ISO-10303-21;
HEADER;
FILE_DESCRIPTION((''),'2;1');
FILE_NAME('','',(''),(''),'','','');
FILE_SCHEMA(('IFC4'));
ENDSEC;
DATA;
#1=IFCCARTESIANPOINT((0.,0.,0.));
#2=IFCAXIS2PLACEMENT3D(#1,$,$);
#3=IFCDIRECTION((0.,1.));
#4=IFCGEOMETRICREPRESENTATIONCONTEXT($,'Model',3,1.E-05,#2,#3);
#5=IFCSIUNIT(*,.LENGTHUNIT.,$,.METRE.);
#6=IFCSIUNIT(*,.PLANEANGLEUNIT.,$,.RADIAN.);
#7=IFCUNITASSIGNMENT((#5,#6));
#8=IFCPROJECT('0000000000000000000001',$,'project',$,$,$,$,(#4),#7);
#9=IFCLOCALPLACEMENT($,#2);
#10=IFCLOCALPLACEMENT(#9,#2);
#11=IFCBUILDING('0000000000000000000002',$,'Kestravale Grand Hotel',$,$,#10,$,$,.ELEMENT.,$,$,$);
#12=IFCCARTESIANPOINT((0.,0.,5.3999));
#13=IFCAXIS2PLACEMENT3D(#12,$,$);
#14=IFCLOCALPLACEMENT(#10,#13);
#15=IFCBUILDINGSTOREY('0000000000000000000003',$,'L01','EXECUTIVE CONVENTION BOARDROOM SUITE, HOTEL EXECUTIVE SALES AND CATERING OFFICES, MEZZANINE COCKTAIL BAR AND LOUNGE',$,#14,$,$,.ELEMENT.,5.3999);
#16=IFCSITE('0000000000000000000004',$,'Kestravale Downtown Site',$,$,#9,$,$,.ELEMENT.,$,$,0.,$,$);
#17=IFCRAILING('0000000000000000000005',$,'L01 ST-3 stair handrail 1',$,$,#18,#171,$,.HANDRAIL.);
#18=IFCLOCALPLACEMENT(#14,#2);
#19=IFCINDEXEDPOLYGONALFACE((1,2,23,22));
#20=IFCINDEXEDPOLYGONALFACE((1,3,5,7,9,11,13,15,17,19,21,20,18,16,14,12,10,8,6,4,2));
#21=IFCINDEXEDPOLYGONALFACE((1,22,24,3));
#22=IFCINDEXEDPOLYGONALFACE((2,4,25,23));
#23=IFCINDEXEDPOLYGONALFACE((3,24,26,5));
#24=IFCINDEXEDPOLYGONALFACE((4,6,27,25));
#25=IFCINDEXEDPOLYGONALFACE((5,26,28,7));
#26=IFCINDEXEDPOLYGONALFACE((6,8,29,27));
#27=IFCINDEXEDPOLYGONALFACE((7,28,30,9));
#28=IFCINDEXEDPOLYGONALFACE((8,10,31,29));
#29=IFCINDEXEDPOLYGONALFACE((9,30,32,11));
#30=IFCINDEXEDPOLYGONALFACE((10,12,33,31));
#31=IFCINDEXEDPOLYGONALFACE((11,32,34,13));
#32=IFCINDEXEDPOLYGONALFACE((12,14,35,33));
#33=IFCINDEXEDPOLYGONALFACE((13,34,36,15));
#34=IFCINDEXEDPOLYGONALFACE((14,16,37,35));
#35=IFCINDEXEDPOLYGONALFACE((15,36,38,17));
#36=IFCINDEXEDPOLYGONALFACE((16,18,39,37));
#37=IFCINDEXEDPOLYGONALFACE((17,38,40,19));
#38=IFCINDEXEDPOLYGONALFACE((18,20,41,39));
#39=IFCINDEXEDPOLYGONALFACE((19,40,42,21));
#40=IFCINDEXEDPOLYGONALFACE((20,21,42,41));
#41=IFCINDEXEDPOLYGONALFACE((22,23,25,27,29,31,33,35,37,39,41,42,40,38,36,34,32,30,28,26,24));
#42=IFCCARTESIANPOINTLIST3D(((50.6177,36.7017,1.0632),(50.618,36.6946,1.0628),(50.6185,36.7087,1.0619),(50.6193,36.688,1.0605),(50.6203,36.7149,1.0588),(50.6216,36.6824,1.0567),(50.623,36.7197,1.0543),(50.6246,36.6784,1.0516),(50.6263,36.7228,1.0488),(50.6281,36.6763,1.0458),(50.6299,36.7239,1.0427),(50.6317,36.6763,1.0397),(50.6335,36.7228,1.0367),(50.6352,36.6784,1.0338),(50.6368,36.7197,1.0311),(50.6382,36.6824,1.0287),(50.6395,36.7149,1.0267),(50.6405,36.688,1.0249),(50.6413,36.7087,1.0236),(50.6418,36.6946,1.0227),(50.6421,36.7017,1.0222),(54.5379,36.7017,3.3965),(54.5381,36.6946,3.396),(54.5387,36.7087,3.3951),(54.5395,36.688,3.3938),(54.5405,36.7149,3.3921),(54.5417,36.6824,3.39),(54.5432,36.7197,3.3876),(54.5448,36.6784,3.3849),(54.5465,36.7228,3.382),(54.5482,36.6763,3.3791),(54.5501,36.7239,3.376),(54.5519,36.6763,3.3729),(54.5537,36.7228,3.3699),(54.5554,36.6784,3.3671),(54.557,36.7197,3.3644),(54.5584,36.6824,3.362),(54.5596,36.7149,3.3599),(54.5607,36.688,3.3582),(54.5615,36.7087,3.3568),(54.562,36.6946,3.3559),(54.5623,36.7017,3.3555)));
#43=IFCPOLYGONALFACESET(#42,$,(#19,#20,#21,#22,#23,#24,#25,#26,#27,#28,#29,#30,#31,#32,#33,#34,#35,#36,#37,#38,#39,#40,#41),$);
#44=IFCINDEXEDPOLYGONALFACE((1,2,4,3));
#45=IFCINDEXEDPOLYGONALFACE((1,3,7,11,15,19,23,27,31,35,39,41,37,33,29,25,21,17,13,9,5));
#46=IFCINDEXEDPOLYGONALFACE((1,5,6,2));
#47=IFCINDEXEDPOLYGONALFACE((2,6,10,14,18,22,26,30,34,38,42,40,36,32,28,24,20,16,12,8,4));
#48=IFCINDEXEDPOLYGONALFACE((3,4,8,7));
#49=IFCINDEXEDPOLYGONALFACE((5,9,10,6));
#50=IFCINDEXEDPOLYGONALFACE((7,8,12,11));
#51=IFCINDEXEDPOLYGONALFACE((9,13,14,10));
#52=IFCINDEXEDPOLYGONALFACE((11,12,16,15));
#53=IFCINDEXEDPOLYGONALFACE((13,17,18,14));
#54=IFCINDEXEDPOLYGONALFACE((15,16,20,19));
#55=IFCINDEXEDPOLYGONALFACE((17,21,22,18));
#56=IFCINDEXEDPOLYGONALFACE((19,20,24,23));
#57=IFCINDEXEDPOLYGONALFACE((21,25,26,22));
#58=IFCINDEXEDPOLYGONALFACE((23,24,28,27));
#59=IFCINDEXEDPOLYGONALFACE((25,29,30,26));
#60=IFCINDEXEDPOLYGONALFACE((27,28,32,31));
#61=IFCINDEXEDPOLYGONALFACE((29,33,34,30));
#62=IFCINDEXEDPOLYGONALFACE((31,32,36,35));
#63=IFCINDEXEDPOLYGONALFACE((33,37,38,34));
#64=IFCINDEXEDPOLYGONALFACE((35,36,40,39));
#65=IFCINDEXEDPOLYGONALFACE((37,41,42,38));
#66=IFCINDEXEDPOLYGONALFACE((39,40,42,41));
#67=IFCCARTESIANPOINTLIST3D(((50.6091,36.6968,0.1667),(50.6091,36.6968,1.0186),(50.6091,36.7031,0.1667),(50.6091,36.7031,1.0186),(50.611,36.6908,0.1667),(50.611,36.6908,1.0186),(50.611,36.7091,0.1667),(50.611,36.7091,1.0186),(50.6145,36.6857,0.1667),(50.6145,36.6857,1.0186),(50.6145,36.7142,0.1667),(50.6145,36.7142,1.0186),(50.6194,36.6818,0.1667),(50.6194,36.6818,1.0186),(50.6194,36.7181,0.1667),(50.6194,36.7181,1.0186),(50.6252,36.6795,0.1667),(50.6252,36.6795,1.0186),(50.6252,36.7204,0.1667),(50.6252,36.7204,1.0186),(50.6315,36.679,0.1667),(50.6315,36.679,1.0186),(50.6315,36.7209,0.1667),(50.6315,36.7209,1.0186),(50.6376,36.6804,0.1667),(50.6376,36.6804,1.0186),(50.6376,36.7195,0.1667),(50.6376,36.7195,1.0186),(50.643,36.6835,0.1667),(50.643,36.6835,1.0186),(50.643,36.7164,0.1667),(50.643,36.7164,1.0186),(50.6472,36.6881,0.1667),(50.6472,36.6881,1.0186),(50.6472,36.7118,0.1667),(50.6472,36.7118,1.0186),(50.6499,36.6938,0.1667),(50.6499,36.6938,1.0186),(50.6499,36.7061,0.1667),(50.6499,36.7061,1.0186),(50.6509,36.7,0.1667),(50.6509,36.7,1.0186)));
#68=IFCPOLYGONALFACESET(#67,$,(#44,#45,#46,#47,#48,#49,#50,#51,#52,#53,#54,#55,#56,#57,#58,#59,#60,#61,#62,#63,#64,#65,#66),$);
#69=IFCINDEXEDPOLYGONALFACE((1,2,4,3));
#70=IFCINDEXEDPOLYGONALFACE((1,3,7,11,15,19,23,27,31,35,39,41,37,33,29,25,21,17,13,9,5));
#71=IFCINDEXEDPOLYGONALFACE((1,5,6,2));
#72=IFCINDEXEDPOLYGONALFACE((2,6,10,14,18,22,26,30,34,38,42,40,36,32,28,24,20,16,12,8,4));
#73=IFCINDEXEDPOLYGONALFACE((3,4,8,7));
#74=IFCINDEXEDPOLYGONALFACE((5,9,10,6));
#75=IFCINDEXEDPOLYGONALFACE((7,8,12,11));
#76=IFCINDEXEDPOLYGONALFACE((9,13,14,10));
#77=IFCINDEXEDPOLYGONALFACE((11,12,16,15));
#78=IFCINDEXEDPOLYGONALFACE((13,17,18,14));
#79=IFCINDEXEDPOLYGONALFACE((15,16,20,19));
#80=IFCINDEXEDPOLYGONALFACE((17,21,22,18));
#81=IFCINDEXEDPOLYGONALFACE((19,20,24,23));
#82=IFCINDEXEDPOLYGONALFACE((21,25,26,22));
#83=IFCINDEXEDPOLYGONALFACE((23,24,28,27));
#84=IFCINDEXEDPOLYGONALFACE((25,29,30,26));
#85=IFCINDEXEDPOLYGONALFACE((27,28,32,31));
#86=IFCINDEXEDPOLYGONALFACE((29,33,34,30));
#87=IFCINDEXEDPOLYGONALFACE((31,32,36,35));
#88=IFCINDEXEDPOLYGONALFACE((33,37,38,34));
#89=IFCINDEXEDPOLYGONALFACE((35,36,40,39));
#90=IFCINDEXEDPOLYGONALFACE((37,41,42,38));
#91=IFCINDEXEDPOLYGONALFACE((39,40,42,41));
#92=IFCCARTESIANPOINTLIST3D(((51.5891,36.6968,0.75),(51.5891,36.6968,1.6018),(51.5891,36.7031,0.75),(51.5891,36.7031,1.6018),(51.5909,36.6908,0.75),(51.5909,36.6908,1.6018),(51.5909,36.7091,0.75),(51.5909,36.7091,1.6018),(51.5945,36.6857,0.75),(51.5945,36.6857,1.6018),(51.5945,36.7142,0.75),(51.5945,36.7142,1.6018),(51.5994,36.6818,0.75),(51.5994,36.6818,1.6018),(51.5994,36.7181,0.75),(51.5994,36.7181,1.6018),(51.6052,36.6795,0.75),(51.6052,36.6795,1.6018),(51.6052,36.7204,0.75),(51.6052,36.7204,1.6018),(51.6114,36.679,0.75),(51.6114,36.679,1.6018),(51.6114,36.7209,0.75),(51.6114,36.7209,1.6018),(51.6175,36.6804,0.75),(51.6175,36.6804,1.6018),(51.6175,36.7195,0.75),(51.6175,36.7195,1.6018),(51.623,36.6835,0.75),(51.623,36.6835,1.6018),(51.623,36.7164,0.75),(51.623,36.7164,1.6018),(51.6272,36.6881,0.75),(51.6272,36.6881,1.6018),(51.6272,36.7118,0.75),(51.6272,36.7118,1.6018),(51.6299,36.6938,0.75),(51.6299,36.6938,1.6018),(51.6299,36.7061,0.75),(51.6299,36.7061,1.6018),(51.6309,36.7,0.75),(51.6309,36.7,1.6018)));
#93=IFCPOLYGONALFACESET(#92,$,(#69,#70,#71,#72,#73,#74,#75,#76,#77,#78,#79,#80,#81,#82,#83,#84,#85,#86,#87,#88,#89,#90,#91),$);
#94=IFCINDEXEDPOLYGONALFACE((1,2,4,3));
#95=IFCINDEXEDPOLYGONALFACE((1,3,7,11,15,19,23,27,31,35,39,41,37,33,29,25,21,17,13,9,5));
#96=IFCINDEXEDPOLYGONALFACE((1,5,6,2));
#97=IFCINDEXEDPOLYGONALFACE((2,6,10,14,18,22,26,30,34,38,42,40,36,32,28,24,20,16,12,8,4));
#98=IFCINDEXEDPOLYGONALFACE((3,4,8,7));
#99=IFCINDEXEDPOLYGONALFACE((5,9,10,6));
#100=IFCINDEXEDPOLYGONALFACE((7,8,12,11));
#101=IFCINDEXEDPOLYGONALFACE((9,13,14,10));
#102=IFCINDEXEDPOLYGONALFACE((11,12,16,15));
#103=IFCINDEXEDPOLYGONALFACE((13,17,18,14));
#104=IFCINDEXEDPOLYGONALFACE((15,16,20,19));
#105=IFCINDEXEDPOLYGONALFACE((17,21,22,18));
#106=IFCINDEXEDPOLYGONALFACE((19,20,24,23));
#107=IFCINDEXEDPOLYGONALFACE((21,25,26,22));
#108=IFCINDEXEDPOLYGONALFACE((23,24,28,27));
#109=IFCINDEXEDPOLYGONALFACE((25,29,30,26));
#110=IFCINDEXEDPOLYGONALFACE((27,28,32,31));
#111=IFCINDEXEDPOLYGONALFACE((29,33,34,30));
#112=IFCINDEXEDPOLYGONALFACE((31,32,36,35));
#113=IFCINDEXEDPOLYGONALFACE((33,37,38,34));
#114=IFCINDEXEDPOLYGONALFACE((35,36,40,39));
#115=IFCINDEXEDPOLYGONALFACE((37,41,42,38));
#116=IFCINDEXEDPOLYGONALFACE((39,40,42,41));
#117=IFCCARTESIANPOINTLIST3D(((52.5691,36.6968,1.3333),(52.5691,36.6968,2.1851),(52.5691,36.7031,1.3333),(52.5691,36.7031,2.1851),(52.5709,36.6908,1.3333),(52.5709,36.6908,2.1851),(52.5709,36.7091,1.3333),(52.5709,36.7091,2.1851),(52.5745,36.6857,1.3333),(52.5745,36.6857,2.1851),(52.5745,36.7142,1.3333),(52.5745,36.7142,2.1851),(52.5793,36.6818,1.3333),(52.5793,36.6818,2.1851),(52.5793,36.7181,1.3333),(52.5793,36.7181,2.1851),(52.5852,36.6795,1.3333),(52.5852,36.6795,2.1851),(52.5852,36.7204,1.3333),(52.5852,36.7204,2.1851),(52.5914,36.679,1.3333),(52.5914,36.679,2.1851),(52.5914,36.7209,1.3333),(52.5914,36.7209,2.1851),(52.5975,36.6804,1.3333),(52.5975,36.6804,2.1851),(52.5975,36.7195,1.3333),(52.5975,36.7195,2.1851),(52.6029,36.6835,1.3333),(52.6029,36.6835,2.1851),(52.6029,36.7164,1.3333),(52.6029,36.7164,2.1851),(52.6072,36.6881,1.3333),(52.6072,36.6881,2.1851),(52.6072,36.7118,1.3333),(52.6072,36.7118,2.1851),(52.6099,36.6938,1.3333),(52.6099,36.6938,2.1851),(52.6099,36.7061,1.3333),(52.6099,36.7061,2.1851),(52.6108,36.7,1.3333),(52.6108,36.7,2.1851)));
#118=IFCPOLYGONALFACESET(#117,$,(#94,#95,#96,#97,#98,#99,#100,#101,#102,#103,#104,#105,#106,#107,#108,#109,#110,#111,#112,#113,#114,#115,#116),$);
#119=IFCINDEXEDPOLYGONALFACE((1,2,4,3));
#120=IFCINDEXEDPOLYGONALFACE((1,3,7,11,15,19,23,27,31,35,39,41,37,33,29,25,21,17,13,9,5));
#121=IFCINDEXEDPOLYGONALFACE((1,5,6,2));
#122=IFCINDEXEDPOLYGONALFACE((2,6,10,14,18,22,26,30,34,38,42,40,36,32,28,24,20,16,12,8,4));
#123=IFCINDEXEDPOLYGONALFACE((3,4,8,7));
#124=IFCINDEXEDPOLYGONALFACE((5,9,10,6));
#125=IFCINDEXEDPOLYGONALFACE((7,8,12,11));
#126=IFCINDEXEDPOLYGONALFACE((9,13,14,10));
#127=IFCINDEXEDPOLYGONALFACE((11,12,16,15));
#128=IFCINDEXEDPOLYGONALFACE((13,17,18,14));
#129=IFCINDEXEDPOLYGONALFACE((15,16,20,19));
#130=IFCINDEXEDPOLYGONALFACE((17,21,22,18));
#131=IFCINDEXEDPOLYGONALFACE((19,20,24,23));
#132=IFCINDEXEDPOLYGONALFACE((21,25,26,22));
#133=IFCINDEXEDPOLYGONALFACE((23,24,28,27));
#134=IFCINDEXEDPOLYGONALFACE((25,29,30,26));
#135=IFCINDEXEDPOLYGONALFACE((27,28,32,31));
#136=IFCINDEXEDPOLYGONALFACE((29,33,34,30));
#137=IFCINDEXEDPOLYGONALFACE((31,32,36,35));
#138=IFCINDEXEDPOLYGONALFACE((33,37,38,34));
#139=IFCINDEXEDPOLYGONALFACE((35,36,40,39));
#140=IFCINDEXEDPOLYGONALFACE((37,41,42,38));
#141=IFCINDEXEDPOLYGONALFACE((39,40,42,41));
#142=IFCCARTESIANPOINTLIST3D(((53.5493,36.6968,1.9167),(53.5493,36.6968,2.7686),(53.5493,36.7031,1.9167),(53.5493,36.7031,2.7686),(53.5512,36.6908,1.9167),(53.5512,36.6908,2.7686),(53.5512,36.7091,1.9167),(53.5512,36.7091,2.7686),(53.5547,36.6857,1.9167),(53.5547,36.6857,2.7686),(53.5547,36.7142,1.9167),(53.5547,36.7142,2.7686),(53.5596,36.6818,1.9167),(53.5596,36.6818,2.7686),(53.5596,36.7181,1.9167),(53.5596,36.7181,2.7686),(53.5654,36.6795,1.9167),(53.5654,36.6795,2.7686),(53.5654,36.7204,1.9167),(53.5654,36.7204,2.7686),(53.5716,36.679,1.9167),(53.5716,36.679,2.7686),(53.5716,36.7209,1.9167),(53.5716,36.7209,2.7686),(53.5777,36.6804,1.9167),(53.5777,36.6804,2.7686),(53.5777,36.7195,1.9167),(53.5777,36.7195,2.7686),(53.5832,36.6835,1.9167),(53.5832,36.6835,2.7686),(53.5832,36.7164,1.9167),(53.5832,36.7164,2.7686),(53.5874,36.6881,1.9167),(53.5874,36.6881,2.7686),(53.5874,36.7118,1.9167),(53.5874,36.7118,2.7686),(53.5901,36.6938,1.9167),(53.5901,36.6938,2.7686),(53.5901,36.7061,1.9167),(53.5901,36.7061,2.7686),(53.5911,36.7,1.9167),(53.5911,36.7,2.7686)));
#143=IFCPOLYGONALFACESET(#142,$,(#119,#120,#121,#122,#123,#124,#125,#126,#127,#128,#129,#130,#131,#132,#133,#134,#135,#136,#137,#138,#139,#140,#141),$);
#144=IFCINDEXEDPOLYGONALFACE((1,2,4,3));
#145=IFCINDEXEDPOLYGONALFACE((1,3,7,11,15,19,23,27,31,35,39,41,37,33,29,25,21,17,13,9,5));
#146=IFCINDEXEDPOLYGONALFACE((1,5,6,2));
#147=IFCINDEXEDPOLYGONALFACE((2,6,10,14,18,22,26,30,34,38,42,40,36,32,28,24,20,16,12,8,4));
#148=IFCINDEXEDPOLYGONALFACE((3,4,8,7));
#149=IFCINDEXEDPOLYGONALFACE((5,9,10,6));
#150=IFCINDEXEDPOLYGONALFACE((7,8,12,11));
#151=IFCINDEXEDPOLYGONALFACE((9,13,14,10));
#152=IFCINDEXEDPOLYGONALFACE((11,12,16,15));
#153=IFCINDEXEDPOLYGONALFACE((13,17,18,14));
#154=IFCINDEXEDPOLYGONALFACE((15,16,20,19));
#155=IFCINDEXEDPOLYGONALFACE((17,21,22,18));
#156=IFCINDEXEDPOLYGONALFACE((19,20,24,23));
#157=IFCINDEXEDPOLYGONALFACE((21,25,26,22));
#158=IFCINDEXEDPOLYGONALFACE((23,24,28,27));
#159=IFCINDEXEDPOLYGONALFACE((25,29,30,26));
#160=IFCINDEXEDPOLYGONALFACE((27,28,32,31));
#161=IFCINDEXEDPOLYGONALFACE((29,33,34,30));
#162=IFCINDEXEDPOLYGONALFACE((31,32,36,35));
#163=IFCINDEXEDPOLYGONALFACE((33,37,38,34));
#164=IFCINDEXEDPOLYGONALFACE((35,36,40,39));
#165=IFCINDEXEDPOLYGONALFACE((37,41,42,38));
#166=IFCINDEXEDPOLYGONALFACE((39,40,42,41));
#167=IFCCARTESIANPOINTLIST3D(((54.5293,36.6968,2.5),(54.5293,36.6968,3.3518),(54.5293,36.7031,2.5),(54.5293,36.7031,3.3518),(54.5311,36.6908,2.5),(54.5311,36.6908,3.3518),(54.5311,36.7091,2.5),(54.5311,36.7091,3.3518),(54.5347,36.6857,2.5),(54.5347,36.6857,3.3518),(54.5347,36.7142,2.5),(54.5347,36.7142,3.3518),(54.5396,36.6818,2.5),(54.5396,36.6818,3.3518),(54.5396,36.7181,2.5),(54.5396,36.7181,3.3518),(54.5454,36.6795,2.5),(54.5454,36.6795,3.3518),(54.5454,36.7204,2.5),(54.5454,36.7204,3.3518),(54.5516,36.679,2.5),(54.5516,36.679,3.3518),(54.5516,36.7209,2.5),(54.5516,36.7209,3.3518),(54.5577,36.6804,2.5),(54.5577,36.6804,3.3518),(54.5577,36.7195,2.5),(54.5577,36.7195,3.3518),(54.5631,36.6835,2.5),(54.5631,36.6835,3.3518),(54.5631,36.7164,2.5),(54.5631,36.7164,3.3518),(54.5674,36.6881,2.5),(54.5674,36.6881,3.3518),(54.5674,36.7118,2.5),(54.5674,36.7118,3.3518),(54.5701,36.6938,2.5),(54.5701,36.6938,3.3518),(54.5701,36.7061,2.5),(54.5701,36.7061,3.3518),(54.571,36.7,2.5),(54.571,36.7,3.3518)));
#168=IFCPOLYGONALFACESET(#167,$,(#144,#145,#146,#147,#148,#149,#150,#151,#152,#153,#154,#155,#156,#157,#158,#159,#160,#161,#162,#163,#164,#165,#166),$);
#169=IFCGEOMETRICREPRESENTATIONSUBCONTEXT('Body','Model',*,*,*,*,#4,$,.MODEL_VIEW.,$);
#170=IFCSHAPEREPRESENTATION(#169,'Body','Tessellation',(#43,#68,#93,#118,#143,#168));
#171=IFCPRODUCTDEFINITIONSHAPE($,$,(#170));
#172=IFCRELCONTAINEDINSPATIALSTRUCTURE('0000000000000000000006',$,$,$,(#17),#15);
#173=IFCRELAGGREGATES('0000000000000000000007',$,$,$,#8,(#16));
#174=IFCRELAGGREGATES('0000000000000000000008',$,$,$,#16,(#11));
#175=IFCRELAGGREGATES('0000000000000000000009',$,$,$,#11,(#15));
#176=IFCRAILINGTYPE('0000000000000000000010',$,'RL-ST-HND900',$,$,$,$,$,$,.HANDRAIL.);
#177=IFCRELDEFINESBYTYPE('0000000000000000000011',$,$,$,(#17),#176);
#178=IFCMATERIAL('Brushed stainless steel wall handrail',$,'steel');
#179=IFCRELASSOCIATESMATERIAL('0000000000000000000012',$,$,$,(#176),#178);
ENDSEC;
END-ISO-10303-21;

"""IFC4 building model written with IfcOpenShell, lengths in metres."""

from ifc_helpers import new_model, si_unit, direction, frame, origin, origin_2d, place, context, subcontext, project, spatial, circle, extrude, material, type_object, element, save


model = new_model("IFC4")

# Units and contexts
model_context = context("Model", 3, precision=1e-05, world=origin(), true_north=direction((0.0, 1.0)))
body_context = subcontext(model_context, "Body", "Model", "MODEL_VIEW")
ifc_project = project(units=[si_unit("LENGTHUNIT", "METRE"), si_unit("PLANEANGLEUNIT", "RADIAN")], contexts=[model_context])

# Site, building, storey
site_placement = place(None, origin())
site = spatial("IfcSite", under=ifc_project, at=site_placement, Name="Kestravale Downtown Site", CompositionType="ELEMENT", RefElevation=0.0)
building_placement = place(site_placement, origin())
building = spatial("IfcBuilding", under=site, at=building_placement, Name="Kestravale Grand Hotel", CompositionType="ELEMENT")
storey_placement = place(building_placement, frame((0.0, 0.0, 5.3999)))
storey = spatial("IfcBuildingStorey", under=building, at=storey_placement, Name="L01", Description="EXECUTIVE CONVENTION BOARDROOM SUITE, HOTEL EXECUTIVE SALES AND CATERING OFFICES, MEZZANINE COCKTAIL BAR AND LOUNGE", CompositionType="ELEMENT", Elevation=5.3999)

# Railing
ifc_material_1 = material(Name="Brushed stainless steel wall handrail", Category="steel")
railing_type_1 = type_object("IfcRailingType", Name="RL-ST-HND900", PredefinedType="HANDRAIL", material=ifc_material_1)
railing_1_placement = place(storey_placement, frame((50.6299, 36.7, 0.1667)))
element("IfcRailing", 1, at=railing_1_placement, inside=storey, type_object=railing_type_1, Name="L01 ST-3 stair handrail 1", PredefinedType="HANDRAIL", context=body_context, shape_type="SweptSolid", body=[
    extrude(circle(Radius=0.0239, at=origin_2d()), frame((0.0, 0.0, 0.876), z_axis=(0.85931, 0.0, 0.511455), x_axis=(0.0, 1.0, 0.0)), (0.0, 0.0, 1.0), 4.562),
    extrude(circle(Radius=0.021, at=origin_2d()), origin(), (0.0, 0.0, 1.0), 0.8518),
    extrude(circle(Radius=0.021, at=origin_2d()), frame((0.98, 0.0, 0.5833)), (0.0, 0.0, 1.0), 0.8518),
    extrude(circle(Radius=0.021, at=origin_2d()), frame((1.96, 0.0, 1.1665)), (0.0, 0.0, 1.0), 0.8518),
    extrude(circle(Radius=0.021, at=origin_2d()), frame((2.9402, 0.0, 1.75)), (0.0, 0.0, 1.0), 0.8518),
    extrude(circle(Radius=0.021, at=origin_2d()), frame((3.9202, 0.0, 2.3333)), (0.0, 0.0, 1.0), 0.8518),
])

save(model, "model.ifc")
